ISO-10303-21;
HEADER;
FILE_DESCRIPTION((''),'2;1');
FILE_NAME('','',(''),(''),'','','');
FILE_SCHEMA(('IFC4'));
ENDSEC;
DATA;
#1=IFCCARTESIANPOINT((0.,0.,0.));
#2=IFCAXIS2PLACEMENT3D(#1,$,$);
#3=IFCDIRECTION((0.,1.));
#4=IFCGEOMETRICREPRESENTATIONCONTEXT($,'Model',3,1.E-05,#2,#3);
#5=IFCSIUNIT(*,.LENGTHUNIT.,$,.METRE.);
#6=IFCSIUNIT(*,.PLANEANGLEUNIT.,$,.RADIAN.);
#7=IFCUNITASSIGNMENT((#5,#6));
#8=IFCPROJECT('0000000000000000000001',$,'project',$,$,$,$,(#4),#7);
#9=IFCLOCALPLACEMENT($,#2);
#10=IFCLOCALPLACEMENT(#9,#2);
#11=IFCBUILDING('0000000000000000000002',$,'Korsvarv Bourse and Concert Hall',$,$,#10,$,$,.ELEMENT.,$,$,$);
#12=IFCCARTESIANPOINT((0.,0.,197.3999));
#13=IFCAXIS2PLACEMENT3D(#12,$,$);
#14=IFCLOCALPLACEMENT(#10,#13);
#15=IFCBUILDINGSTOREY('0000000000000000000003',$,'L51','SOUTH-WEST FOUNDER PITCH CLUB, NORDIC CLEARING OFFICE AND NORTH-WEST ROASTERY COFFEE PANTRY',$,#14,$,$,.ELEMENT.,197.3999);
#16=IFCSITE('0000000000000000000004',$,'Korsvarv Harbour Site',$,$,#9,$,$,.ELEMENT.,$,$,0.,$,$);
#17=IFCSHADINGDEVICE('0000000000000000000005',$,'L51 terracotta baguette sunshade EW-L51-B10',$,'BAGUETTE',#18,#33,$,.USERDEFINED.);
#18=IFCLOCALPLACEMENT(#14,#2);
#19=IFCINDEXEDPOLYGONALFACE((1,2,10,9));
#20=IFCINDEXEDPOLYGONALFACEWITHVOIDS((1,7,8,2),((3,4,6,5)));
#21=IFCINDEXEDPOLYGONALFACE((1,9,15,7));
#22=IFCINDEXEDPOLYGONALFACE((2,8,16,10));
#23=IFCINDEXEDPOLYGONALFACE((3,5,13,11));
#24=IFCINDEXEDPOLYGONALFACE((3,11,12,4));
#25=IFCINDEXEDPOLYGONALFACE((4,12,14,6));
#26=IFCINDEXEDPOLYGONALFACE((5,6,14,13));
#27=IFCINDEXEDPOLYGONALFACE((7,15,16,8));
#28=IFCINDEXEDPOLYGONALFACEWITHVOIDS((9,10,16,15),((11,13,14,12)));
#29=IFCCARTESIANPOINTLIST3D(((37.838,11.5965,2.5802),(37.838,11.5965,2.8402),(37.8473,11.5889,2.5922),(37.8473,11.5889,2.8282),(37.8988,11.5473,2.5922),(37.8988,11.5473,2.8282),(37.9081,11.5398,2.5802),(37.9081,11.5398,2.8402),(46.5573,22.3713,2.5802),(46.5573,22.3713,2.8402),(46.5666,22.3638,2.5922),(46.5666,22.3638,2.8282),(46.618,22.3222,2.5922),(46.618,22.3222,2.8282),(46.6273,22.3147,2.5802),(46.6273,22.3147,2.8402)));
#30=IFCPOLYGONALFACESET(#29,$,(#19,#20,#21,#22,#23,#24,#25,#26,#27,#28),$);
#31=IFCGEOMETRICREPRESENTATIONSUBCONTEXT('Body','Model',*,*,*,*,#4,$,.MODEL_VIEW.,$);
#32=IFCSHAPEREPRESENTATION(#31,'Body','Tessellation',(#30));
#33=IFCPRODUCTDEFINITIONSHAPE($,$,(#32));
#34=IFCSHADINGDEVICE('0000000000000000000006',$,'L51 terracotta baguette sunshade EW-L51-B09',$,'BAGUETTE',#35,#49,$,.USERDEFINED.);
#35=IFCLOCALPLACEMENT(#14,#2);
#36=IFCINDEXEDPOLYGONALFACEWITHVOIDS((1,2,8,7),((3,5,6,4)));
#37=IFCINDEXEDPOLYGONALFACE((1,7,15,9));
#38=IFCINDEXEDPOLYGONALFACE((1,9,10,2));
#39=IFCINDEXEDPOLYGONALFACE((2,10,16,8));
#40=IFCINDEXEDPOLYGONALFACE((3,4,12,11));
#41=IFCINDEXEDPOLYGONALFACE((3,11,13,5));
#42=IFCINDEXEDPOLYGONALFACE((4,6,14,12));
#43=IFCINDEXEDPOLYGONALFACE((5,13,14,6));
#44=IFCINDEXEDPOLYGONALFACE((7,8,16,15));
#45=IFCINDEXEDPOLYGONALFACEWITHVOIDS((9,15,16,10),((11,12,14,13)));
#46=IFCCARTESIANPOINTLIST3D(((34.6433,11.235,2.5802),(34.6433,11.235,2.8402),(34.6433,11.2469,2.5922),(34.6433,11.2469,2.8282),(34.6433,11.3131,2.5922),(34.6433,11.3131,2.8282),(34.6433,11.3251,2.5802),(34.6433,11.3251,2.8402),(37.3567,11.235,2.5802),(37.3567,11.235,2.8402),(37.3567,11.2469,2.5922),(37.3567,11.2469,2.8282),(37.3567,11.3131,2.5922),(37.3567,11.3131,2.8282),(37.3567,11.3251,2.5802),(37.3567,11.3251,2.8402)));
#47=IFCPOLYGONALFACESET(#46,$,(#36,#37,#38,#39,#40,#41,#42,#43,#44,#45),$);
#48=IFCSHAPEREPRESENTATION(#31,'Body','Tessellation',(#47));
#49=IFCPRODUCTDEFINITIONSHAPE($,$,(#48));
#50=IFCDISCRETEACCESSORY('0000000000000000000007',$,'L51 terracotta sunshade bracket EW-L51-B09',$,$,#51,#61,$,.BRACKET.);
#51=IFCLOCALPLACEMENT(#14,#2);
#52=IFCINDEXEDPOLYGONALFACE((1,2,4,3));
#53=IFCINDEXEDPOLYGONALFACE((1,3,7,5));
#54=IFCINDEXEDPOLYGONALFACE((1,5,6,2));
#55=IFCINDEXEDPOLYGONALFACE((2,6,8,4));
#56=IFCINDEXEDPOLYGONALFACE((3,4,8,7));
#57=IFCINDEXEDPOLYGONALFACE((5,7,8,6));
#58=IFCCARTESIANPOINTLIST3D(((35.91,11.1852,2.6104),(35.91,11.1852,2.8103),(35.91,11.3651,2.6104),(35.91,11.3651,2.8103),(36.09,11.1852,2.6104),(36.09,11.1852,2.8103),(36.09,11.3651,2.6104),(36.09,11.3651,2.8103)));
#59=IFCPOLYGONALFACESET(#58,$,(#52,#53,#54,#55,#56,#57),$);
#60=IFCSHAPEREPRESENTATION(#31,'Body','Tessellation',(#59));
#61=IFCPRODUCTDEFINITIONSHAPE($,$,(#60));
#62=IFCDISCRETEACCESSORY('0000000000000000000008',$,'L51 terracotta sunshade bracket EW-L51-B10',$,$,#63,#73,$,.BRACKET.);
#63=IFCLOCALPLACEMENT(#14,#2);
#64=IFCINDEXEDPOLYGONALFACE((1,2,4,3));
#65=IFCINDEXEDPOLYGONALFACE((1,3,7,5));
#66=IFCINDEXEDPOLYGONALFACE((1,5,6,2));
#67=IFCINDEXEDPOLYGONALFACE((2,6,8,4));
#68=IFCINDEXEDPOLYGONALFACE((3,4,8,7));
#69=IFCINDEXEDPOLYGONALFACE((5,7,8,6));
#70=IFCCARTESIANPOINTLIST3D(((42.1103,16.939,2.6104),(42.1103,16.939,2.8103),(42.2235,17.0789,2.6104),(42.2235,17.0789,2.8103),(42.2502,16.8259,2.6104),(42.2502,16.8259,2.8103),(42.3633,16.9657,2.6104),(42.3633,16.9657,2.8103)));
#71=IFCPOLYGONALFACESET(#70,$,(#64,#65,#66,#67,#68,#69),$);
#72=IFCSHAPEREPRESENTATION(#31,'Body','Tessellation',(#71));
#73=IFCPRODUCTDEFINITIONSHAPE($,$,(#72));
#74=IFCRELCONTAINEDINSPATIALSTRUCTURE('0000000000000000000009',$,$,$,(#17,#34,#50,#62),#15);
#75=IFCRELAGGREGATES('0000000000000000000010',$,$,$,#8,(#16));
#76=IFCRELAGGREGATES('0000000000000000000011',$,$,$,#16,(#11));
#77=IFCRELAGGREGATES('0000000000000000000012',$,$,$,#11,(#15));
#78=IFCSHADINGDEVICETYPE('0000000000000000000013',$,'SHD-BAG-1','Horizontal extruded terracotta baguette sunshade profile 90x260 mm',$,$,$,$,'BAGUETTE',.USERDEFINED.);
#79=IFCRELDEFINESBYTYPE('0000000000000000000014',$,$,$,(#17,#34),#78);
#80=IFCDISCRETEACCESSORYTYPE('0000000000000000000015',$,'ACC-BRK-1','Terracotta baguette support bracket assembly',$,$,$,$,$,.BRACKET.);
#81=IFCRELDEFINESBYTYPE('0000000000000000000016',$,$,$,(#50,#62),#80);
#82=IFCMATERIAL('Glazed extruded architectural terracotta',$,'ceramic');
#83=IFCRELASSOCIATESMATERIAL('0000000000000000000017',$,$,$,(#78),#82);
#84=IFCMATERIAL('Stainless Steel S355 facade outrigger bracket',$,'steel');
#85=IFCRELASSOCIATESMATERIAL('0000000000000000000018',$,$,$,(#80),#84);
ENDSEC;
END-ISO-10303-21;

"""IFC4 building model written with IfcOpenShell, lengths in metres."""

from ifc_helpers import new_model, si_unit, direction, frame, origin, origin_2d, place, context, subcontext, project, spatial, rectangle, hollow_rectangle, extrude, source, transform, mapped, material, material_profile, profile_set, type_object, element, save


model = new_model("IFC4")

# Units and contexts
model_context = context("Model", 3, precision=1e-05, world=origin(), true_north=direction((0.0, 1.0)))
body_context = subcontext(model_context, "Body", "Model", "MODEL_VIEW")
ifc_project = project(units=[si_unit("LENGTHUNIT", "METRE"), si_unit("PLANEANGLEUNIT", "RADIAN")], contexts=[model_context])

# Site, building, storey
site_placement = place(None, origin())
site = spatial("IfcSite", under=ifc_project, at=site_placement, Name="Korsvarv Harbour Site", CompositionType="ELEMENT", RefElevation=0.0)
building_placement = place(site_placement, origin())
building = spatial("IfcBuilding", under=site, at=building_placement, Name="Korsvarv Bourse and Concert Hall", CompositionType="ELEMENT")
storey_placement = place(building_placement, frame((0.0, 0.0, 197.3999)))
storey = spatial("IfcBuildingStorey", under=building, at=storey_placement, Name="L51", Description="SOUTH-WEST FOUNDER PITCH CLUB, NORDIC CLEARING OFFICE AND NORTH-WEST ROASTERY COFFEE PANTRY", CompositionType="ELEMENT", Elevation=197.3999)

# Shading devices
ifc_material_1 = material(Name="Glazed extruded architectural terracotta", Category="ceramic")
ifc_material_profile_1 = material_profile(ifc_material_1, hollow_rectangle(XDim=0.0901, YDim=0.26, WallThickness=0.012, at=origin_2d()), Name="TC-BAG 90x260")
ifc_profile_set_1 = profile_set([ifc_material_profile_1], Name="Glazed extruded architectural terracotta")
shading_device_type = type_object("IfcShadingDeviceType", Name="SHD-BAG-1", Description="Horizontal extruded terracotta baguette sunshade profile 90x260 mm", ElementType="BAGUETTE", PredefinedType="USERDEFINED", material=ifc_profile_set_1)
shared_shape_1 = source(origin(), body_context, "Body", "SweptSolid", [
    extrude(hollow_rectangle(XDim=0.0901, YDim=0.26, WallThickness=0.012, at=origin_2d()), origin(), (0.0, 0.0, 1.0), 13.8608),
])
shading_device_1_placement = place(storey_placement, frame((37.873, 11.5681, 2.7102), z_axis=(0.629054, 0.777361, 0.0), x_axis=(-0.777361, 0.629054, 0.0)))
element("IfcShadingDevice", 1, at=shading_device_1_placement, inside=storey, type_object=shading_device_type, Name="L51 terracotta baguette sunshade EW-L51-B10", ObjectType="BAGUETTE", PredefinedType="USERDEFINED", context=body_context, shape_type="MappedRepresentation", body=[
    mapped(shared_shape_1, transform((0.0, 0.0, 0.0), scale=1.0)),
])
shared_shape_2 = source(origin(), body_context, "Body", "SweptSolid", [
    extrude(hollow_rectangle(XDim=0.0901, YDim=0.26, WallThickness=0.012, at=origin_2d()), origin(), (0.0, 0.0, 1.0), 2.7134),
])
shading_device_2_placement = place(storey_placement, frame((34.6433, 11.28, 2.7102), z_axis=(1.0, 0.0, 0.0), x_axis=(0.0, 1.0, 0.0)))
element("IfcShadingDevice", 2, at=shading_device_2_placement, inside=storey, type_object=shading_device_type, Name="L51 terracotta baguette sunshade EW-L51-B09", ObjectType="BAGUETTE", PredefinedType="USERDEFINED", context=body_context, shape_type="MappedRepresentation", body=[
    mapped(shared_shape_2, transform((0.0, 0.0, 0.0), scale=1.0)),
])

# Discrete accessories
ifc_material_2 = material(Name="Stainless Steel S355 facade outrigger bracket", Category="steel")
discrete_accessory_type = type_object("IfcDiscreteAccessoryType", Name="ACC-BRK-1", Description="Terracotta baguette support bracket assembly", PredefinedType="BRACKET", material=ifc_material_2)
shared_shape_3 = source(origin(), body_context, "Body", "SweptSolid", [
    extrude(rectangle(XDim=0.1799, YDim=0.1799, at=origin_2d()), origin(), (0.0, 0.0, 1.0), 0.2),
])
for number, where, z_axis, x_axis, name in (
    (3, (36.0, 11.2751, 2.6104), (0.0, 0.0, 1.0), (1.0, 0.0, 0.0), "L51 terracotta sunshade bracket EW-L51-B09"),
    (4, (42.2368, 16.9524, 2.6104), (0.0, 0.0, 1.0), (0.629049, 0.777366, 0.0), "L51 terracotta sunshade bracket EW-L51-B10"),
):
    element("IfcDiscreteAccessory", number, at=place(storey_placement, frame(where, z_axis=z_axis, x_axis=x_axis)), inside=storey, type_object=discrete_accessory_type, Name=name, PredefinedType="BRACKET", context=body_context, shape_type="MappedRepresentation", body=[
        mapped(shared_shape_3, transform((0.0, 0.0, 0.0), scale=1.0)),
    ])

save(model, "model.ifc")
